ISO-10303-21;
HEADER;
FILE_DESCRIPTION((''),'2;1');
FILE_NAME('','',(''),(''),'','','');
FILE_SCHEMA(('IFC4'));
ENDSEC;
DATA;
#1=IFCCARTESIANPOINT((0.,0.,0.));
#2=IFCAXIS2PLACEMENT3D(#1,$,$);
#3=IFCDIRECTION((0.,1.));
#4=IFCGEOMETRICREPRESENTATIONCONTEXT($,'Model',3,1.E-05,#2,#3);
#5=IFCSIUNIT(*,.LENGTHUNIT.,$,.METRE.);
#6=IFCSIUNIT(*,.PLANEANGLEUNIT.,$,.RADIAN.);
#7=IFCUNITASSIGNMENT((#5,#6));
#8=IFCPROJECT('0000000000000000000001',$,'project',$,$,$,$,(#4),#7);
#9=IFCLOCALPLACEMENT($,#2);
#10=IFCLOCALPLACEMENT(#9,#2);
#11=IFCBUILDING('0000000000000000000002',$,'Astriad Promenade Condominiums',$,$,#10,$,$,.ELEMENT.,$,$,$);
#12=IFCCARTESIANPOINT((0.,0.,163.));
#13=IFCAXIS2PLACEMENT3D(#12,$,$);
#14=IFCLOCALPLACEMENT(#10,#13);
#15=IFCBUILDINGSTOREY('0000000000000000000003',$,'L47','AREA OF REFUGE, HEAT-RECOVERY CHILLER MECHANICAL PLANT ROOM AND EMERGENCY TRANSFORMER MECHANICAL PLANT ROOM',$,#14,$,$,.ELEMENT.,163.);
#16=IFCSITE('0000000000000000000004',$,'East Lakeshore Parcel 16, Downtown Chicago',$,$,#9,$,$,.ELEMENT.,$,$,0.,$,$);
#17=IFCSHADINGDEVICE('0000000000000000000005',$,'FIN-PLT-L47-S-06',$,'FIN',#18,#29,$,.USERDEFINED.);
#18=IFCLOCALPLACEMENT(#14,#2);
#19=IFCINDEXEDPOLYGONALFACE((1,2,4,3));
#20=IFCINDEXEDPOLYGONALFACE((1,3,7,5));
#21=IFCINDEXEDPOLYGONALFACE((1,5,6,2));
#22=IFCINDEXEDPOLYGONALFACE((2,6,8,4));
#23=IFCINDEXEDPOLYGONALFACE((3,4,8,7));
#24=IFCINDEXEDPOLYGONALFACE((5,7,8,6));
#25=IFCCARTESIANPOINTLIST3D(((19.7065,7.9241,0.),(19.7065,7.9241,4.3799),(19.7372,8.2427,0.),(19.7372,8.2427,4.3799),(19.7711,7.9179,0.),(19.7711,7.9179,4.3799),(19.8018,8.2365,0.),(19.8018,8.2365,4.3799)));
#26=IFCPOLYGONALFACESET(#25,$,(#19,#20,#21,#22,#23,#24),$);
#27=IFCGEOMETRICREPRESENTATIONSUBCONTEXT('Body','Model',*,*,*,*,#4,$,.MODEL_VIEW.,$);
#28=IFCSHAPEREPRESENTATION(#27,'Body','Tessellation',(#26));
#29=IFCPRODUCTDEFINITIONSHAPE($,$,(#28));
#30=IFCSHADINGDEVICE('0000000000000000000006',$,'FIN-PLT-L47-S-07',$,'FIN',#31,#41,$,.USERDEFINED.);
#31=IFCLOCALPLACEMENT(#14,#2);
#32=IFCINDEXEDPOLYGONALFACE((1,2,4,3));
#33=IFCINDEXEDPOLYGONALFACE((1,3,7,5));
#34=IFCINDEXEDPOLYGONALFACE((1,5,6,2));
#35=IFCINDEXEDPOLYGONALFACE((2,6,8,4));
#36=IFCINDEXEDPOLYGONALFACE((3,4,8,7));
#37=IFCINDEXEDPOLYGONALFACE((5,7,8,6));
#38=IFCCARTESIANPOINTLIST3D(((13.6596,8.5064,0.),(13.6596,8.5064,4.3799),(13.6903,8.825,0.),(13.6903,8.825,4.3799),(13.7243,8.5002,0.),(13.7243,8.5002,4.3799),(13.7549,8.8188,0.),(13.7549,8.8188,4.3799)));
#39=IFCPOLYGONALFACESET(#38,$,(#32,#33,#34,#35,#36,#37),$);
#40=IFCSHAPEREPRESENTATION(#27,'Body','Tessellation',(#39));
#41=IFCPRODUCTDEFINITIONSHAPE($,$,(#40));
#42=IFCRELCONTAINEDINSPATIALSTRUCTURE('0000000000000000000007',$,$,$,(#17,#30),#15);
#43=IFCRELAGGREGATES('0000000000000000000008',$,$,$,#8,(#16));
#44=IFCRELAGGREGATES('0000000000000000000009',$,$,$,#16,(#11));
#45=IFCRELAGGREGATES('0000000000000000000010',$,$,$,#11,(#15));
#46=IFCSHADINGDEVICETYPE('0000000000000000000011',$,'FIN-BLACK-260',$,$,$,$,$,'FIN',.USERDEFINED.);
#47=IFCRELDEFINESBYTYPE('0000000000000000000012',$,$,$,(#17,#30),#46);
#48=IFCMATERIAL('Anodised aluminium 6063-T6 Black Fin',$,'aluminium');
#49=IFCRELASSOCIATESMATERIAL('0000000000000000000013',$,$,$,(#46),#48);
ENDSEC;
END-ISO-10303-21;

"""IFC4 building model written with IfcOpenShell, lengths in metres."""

from ifc_helpers import new_model, si_unit, direction, frame, origin, origin_2d, place, context, subcontext, project, spatial, rectangle, extrude, source, transform, mapped, material, type_object, type_shapes, element, save


model = new_model("IFC4")

# Units and contexts
model_context = context("Model", 3, precision=1e-05, world=origin(), true_north=direction((0.0, 1.0)))
body_context = subcontext(model_context, "Body", "Model", "MODEL_VIEW")
ifc_project = project(units=[si_unit("LENGTHUNIT", "METRE"), si_unit("PLANEANGLEUNIT", "RADIAN")], contexts=[model_context])

# Site, building, storey
site_placement = place(None, origin())
site = spatial("IfcSite", under=ifc_project, at=site_placement, Name="East Lakeshore Parcel 16, Downtown Chicago", CompositionType="ELEMENT", RefElevation=0.0)
building_placement = place(site_placement, origin())
building = spatial("IfcBuilding", under=site, at=building_placement, Name="Astriad Promenade Condominiums", CompositionType="ELEMENT")
storey_placement = place(building_placement, frame((0.0, 0.0, 163.0)))
storey = spatial("IfcBuildingStorey", under=building, at=storey_placement, Name="L47", Description="AREA OF REFUGE, HEAT-RECOVERY CHILLER MECHANICAL PLANT ROOM AND EMERGENCY TRANSFORMER MECHANICAL PLANT ROOM", CompositionType="ELEMENT", Elevation=163.0)

# Shading devices
ifc_material_1 = material(Name="Anodised aluminium 6063-T6 Black Fin", Category="aluminium")
shading_device_type_1 = type_object("IfcShadingDeviceType", Name="FIN-BLACK-260", ElementType="FIN", PredefinedType="USERDEFINED", material=ifc_material_1)
shared_shape_1 = source(origin(), body_context, "Body", "SweptSolid", [
    extrude(rectangle(XDim=0.0649, YDim=0.3201, at=origin_2d()), origin(), (0.0, 0.0, 1.0), 4.3799),
])
type_shapes(shading_device_type_1, [shared_shape_1])
for number, where, z_axis, x_axis, name in (
    (1, (19.7542, 8.0803, 0.0), (0.0, 0.0, 1.0), (-0.995396, 0.095846, 0.0), "FIN-PLT-L47-S-06"),
    (2, (13.7073, 8.6626, 0.0), (0.0, 0.0, 1.0), (-0.995396, 0.095846, 0.0), "FIN-PLT-L47-S-07"),
):
    element("IfcShadingDevice", number, at=place(storey_placement, frame(where, z_axis=z_axis, x_axis=x_axis)), inside=storey, type_object=shading_device_type_1, Name=name, ObjectType="FIN", PredefinedType="USERDEFINED", context=body_context, shape_type="MappedRepresentation", body=[
        mapped(shared_shape_1, transform((0.0, 0.0, 0.0), scale=1.0)),
    ])

save(model, "model.ifc")
